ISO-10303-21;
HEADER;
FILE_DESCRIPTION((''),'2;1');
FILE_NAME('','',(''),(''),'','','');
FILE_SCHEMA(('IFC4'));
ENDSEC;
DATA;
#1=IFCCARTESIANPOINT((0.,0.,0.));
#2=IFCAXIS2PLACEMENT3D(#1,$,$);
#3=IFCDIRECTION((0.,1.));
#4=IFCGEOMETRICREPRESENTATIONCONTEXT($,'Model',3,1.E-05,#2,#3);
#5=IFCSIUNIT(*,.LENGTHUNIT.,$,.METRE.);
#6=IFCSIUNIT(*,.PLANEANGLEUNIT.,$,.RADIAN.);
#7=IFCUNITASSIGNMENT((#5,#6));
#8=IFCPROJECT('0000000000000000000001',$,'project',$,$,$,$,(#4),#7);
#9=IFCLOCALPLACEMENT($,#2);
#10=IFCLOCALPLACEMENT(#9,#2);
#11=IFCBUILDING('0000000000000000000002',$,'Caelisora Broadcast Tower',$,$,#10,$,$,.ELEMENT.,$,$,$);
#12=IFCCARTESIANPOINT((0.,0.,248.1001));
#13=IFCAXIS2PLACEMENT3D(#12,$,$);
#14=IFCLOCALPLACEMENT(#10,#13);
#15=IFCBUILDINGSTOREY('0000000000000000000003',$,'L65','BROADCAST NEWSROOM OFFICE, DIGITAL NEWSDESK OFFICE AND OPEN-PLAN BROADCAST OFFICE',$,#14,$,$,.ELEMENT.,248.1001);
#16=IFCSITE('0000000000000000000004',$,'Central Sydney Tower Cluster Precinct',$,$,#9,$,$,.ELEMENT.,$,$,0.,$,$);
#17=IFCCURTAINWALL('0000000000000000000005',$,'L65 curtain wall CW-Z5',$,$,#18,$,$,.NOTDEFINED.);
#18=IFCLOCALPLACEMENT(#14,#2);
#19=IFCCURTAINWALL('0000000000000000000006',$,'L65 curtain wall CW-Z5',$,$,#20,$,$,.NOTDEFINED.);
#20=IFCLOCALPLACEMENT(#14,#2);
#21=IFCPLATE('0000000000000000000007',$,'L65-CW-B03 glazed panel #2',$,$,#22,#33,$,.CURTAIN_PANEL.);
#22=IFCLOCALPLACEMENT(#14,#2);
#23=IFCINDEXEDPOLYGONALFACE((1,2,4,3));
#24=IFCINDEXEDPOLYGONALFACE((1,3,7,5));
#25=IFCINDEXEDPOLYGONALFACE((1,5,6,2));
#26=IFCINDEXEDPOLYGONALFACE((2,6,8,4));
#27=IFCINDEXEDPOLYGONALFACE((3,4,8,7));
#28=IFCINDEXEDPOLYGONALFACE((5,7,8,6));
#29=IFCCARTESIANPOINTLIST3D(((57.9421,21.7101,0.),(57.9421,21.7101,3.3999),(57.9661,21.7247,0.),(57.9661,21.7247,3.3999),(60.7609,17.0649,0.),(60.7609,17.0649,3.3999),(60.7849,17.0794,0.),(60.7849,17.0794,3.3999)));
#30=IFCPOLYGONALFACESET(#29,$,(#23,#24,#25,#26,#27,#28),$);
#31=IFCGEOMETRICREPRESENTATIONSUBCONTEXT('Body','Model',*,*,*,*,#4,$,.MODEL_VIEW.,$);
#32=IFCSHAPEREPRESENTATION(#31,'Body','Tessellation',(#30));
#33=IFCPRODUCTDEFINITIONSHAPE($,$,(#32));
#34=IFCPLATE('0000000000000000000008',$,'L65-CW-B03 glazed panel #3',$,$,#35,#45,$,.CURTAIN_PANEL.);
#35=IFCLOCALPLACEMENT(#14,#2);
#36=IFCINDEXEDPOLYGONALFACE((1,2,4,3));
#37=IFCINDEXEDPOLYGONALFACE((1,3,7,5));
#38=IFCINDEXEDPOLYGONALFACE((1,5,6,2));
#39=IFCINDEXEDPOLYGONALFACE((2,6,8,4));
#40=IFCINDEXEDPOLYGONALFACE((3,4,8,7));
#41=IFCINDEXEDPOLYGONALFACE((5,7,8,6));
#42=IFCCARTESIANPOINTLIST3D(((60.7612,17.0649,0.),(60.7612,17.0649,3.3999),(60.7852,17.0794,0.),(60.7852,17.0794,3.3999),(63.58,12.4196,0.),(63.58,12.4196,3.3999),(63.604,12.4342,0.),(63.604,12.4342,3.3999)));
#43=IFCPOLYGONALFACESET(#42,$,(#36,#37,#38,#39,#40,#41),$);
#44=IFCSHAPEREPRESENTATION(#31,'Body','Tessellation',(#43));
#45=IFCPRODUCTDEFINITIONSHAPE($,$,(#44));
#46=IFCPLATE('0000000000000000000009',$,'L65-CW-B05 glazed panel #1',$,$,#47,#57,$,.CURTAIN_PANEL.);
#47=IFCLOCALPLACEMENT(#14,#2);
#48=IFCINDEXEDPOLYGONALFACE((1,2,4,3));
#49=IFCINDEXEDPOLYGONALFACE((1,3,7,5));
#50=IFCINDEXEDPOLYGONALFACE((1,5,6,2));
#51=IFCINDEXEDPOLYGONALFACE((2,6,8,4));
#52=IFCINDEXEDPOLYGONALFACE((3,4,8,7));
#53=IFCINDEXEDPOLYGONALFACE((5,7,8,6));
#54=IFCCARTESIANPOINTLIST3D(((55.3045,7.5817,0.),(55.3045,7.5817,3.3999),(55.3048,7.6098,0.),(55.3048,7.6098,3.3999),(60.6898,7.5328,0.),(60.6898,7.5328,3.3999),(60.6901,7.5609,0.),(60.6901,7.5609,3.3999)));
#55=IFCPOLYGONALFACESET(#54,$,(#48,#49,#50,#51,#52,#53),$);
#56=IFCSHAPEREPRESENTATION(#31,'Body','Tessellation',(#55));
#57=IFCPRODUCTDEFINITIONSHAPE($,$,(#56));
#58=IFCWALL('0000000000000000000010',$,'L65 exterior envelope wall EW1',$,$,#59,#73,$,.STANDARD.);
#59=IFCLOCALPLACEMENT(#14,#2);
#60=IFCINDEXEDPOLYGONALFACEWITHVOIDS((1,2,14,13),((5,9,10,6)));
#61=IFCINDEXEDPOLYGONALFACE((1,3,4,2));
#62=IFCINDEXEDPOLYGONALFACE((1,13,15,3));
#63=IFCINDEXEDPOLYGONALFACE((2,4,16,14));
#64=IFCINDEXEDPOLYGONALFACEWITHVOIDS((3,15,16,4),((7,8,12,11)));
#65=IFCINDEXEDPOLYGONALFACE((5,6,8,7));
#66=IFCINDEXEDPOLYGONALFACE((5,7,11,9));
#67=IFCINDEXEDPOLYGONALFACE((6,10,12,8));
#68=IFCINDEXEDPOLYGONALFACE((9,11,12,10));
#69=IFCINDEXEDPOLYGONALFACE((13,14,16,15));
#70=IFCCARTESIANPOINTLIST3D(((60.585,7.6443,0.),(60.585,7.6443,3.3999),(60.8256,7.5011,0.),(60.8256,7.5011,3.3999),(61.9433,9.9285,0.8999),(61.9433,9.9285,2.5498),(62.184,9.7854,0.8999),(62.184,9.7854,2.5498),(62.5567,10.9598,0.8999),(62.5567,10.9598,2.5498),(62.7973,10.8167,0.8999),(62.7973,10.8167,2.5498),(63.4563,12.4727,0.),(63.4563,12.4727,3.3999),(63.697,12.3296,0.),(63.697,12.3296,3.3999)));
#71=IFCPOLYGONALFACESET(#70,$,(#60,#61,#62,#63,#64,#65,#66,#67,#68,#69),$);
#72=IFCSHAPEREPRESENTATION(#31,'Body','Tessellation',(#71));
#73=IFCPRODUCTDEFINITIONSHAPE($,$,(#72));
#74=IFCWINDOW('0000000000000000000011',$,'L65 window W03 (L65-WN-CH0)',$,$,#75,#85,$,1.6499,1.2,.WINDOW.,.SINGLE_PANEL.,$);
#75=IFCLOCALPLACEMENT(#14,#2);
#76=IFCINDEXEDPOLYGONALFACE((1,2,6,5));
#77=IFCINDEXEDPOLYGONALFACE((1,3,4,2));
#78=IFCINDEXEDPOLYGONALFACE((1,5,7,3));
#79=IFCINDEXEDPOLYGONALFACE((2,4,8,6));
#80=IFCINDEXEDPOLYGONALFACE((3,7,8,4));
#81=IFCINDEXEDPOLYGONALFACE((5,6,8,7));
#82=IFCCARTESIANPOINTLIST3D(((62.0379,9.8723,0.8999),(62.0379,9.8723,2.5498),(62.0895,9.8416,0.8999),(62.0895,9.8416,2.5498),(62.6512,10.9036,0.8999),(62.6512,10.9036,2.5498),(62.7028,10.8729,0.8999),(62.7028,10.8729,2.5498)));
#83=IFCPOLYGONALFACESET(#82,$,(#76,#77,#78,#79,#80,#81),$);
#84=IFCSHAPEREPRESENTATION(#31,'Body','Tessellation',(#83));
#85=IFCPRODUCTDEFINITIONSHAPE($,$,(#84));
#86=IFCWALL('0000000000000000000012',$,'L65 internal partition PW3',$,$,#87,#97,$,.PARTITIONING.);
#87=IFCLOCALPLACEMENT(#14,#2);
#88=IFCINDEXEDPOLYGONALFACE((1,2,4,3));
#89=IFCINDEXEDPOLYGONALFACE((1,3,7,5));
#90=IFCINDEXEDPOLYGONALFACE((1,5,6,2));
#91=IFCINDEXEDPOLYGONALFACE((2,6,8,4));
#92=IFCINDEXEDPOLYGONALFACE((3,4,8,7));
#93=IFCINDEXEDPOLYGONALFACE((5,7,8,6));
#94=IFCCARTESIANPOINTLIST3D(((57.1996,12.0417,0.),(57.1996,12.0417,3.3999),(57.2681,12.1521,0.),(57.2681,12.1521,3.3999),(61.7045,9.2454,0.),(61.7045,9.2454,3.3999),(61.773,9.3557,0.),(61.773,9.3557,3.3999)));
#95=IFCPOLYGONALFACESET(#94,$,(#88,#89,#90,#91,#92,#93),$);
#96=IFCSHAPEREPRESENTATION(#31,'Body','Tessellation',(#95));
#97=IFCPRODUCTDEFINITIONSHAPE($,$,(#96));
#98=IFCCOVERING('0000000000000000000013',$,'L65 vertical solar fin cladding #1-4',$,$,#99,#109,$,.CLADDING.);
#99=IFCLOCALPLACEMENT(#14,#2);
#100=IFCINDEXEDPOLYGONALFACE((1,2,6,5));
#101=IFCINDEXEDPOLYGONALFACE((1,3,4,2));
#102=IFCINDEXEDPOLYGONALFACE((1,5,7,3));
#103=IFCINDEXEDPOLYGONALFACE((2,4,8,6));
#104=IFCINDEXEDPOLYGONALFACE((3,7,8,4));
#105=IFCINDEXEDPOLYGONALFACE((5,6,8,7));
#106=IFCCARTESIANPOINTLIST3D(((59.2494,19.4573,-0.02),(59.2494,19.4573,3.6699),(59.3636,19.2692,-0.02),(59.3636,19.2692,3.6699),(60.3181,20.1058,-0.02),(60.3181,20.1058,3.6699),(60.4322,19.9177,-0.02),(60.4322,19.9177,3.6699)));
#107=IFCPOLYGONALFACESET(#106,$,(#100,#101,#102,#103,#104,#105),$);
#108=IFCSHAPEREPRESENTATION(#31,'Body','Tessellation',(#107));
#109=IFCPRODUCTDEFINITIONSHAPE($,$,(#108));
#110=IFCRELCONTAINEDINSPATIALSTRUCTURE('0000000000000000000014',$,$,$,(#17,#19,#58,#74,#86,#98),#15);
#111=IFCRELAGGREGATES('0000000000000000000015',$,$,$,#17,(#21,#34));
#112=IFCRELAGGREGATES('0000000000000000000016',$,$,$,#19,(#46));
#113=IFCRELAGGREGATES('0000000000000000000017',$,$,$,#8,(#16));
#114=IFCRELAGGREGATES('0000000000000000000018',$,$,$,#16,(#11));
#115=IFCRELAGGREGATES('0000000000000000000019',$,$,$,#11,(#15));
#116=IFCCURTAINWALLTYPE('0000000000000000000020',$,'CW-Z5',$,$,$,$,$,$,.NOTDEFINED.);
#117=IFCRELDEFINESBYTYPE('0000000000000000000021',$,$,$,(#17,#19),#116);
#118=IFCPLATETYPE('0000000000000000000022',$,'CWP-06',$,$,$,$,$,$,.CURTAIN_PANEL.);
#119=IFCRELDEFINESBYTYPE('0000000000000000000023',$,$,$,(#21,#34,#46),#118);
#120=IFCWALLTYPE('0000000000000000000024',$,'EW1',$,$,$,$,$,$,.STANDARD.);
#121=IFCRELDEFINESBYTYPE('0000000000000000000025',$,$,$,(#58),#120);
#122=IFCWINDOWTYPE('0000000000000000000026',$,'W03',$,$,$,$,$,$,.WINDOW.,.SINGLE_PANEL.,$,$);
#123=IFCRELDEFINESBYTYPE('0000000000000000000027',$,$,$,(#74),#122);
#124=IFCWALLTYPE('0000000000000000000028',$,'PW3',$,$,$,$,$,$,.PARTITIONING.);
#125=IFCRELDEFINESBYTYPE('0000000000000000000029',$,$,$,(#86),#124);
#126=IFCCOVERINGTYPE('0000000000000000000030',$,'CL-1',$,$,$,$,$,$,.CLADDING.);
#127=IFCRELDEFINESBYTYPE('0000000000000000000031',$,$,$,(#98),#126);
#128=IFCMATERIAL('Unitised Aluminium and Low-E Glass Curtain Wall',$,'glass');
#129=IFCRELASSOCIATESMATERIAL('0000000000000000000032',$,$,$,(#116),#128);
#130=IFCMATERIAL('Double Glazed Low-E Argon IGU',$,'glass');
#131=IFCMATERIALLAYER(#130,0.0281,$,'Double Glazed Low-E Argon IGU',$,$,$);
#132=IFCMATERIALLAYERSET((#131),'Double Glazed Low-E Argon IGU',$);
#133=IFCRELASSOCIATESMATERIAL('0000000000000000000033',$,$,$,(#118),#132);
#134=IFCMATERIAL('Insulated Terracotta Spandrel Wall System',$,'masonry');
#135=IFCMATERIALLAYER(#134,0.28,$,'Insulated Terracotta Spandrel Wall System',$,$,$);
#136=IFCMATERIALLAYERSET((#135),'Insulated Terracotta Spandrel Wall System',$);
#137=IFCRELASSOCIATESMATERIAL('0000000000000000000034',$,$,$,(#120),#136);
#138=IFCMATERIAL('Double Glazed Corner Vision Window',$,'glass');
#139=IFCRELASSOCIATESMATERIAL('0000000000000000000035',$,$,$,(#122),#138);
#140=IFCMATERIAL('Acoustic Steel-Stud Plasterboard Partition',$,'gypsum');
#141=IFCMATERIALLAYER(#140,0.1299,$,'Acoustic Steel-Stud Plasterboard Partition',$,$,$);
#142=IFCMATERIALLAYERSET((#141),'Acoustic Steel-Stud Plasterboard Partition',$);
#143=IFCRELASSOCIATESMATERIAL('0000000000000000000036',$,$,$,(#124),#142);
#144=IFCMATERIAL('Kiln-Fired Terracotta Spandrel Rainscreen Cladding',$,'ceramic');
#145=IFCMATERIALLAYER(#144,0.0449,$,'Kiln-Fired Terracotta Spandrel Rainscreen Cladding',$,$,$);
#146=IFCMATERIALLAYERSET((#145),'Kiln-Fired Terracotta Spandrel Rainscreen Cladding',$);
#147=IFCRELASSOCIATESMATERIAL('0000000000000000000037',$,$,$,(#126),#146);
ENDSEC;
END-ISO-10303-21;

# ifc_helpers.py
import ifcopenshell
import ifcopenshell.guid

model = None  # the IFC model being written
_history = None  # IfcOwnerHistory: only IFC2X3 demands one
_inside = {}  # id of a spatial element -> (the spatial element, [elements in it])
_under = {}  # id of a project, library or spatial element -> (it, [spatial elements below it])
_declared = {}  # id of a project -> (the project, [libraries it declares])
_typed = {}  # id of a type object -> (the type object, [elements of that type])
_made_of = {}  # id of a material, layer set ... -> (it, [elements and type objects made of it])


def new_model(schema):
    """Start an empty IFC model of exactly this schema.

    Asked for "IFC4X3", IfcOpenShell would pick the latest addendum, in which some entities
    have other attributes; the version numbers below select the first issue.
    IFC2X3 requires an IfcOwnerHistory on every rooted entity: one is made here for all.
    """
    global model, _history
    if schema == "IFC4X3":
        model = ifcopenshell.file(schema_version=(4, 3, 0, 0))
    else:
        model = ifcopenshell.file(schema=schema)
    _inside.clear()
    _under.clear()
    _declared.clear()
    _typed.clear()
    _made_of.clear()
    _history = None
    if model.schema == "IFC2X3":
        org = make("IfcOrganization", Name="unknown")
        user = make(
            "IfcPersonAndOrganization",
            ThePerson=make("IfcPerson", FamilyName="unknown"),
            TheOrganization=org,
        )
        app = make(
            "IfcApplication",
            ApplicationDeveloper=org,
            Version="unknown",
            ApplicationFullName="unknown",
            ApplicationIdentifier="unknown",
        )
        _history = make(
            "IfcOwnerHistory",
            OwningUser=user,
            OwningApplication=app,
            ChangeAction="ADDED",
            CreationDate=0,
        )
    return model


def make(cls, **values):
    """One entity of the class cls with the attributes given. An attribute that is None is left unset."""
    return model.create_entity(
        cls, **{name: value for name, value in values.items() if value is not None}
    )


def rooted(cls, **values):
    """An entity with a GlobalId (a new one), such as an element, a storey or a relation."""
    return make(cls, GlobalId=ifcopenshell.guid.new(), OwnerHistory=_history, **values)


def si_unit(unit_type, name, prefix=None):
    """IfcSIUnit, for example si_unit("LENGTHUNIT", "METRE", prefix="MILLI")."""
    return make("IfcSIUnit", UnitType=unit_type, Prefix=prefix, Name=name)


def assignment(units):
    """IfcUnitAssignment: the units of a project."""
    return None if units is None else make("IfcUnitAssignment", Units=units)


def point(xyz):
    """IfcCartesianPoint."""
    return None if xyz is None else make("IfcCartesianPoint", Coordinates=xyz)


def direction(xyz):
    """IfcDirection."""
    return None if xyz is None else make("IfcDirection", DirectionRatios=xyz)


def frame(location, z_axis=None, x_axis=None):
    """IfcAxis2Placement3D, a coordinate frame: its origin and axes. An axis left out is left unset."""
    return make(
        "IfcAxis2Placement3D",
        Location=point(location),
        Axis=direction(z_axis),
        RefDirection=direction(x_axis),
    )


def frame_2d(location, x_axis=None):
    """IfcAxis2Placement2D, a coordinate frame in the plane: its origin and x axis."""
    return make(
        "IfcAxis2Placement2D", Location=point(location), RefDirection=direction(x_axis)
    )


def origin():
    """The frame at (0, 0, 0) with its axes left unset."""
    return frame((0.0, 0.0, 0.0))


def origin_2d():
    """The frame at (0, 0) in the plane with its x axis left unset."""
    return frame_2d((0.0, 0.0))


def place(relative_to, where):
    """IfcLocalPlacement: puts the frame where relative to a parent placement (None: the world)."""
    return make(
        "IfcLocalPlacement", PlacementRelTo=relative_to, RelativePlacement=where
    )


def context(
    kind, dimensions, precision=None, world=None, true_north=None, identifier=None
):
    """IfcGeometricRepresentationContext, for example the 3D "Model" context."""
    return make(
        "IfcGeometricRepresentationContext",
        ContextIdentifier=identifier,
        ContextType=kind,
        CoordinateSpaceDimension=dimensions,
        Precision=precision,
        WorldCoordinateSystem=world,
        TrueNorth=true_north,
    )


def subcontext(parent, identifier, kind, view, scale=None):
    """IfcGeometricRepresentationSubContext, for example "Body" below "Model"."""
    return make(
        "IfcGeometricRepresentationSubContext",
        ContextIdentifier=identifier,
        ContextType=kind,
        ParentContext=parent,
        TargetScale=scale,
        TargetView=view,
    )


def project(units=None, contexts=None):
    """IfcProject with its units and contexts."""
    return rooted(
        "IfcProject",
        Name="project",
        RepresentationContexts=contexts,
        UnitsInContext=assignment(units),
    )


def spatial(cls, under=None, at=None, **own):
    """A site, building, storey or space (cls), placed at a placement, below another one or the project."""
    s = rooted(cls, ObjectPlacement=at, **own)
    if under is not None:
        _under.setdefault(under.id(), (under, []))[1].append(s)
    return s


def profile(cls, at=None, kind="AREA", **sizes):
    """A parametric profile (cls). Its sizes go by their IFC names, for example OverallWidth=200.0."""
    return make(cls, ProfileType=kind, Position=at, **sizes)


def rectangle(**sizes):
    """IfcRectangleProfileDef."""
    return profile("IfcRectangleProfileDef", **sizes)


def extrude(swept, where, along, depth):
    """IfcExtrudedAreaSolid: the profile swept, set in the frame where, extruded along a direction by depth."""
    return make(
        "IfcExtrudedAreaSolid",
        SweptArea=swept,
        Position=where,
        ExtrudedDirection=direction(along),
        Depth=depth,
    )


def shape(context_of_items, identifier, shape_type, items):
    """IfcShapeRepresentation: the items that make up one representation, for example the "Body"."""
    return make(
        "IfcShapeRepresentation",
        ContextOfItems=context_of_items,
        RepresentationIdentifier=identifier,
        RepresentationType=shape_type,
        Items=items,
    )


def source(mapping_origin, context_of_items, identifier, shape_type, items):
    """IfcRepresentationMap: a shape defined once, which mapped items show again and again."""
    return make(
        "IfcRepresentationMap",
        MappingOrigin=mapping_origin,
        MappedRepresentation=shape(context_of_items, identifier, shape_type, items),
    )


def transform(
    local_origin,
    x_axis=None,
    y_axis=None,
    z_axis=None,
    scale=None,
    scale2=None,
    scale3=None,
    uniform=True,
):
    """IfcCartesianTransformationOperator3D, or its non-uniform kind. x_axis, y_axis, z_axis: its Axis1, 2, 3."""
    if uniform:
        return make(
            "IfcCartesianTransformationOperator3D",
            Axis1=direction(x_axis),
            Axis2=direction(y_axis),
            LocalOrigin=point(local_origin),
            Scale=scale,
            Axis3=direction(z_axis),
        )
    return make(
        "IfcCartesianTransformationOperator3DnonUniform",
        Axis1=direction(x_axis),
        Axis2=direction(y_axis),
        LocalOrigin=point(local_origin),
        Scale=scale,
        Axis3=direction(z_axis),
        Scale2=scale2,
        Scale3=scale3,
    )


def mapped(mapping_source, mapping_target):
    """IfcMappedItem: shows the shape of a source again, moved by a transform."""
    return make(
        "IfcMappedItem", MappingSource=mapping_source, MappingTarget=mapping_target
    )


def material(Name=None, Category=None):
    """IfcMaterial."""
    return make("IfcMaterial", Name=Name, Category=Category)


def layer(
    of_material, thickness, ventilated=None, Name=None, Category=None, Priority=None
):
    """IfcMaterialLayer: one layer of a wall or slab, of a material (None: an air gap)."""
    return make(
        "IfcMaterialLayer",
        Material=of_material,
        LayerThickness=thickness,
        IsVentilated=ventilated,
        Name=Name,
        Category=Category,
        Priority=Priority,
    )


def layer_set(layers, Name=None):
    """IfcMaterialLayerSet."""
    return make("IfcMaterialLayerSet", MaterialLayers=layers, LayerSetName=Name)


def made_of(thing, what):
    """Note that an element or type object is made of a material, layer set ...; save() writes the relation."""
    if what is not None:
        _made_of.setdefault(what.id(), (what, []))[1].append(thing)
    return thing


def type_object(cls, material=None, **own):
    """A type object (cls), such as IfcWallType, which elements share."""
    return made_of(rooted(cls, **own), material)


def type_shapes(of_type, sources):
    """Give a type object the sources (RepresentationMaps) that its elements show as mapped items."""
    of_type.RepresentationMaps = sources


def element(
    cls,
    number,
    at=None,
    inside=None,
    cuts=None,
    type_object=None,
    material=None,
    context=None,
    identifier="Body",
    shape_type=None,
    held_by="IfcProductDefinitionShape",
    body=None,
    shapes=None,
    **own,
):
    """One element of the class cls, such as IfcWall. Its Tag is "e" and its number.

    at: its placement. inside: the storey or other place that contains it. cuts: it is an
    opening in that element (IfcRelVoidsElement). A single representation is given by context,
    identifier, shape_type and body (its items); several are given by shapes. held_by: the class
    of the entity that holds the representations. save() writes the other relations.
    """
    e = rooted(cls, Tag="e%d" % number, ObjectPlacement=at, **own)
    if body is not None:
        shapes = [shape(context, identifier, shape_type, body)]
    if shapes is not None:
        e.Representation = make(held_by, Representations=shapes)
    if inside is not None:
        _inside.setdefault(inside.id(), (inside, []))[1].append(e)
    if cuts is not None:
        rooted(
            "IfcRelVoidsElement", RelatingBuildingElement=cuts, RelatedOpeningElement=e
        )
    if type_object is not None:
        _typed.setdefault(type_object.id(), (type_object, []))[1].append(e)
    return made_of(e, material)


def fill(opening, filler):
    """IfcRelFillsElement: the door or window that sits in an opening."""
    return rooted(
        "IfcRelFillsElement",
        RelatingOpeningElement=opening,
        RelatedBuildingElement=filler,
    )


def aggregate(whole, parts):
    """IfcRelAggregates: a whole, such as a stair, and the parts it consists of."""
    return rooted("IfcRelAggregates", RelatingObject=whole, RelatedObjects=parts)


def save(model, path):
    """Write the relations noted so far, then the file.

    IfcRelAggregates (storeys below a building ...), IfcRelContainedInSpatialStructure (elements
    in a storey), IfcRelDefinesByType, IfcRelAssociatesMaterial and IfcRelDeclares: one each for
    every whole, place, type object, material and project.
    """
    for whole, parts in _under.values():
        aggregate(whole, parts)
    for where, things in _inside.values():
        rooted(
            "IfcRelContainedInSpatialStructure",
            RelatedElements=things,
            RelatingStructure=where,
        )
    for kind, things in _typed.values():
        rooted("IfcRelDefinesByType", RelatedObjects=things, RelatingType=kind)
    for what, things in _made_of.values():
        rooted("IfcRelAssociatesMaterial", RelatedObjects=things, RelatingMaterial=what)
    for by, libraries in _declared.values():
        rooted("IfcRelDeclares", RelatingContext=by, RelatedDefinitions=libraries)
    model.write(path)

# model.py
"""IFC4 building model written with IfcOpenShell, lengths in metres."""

from ifc_helpers import new_model, si_unit, direction, frame, frame_2d, origin, origin_2d, place, context, subcontext, project, spatial, rectangle, extrude, source, transform, mapped, material, layer, layer_set, type_object, type_shapes, element, fill, aggregate, save


model = new_model("IFC4")

# Units and contexts
model_context = context("Model", 3, precision=1e-05, world=origin(), true_north=direction((0.0, 1.0)))
body_context = subcontext(model_context, "Body", "Model", "MODEL_VIEW")
ifc_project = project(units=[si_unit("LENGTHUNIT", "METRE"), si_unit("PLANEANGLEUNIT", "RADIAN")], contexts=[model_context])

# Site, building, storey
site_placement = place(None, origin())
site = spatial("IfcSite", under=ifc_project, at=site_placement, Name="Central Sydney Tower Cluster Precinct", CompositionType="ELEMENT", RefElevation=0.0)
building_placement = place(site_placement, origin())
building = spatial("IfcBuilding", under=site, at=building_placement, Name="Caelisora Broadcast Tower", CompositionType="ELEMENT")
storey_placement = place(building_placement, frame((0.0, 0.0, 248.1001)))
storey = spatial("IfcBuildingStorey", under=building, at=storey_placement, Name="L65", Description="BROADCAST NEWSROOM OFFICE, DIGITAL NEWSDESK OFFICE AND OPEN-PLAN BROADCAST OFFICE", CompositionType="ELEMENT", Elevation=248.1001)

# Curtain walls
ifc_material_1 = material(Name="Unitised Aluminium and Low-E Glass Curtain Wall", Category="glass")
curtain_wall_type = type_object("IfcCurtainWallType", Name="CW-Z5", PredefinedType="NOTDEFINED", material=ifc_material_1)
curtain_wall_1_placement = place(storey_placement, origin())
curtain_wall_1 = element("IfcCurtainWall", 1, at=curtain_wall_1_placement, inside=storey, type_object=curtain_wall_type, Name="L65 curtain wall CW-Z5", PredefinedType="NOTDEFINED")
curtain_wall_2_placement = place(storey_placement, origin())
curtain_wall_2 = element("IfcCurtainWall", 2, at=curtain_wall_2_placement, inside=storey, type_object=curtain_wall_type, Name="L65 curtain wall CW-Z5", PredefinedType="NOTDEFINED")

# Plates
ifc_material_2 = material(Name="Double Glazed Low-E Argon IGU", Category="glass")
ifc_layer_1 = layer(ifc_material_2, 0.0281, Name="Double Glazed Low-E Argon IGU")
ifc_layer_set_1 = layer_set([ifc_layer_1], Name="Double Glazed Low-E Argon IGU")
plate_type_1 = type_object("IfcPlateType", Name="CWP-06", PredefinedType="CURTAIN_PANEL", material=ifc_layer_set_1)
shared_shape_1 = source(origin(), body_context, "Body", "SweptSolid", [
    extrude(rectangle(XDim=5.4336, YDim=0.0281, at=origin_2d()), origin(), (0.0, 0.0, 1.0), 3.3999),
])
plate_1_placement = place(storey_placement, frame((59.3635, 19.3948, 0.0), z_axis=(0.0, 0.0, 1.0), x_axis=(0.518773, -0.854912, 0.0)))
plate_1 = element("IfcPlate", 3, at=plate_1_placement, type_object=plate_type_1, Name="L65-CW-B03 glazed panel #2", PredefinedType="CURTAIN_PANEL", context=body_context, shape_type="MappedRepresentation", body=[
    mapped(shared_shape_1, transform((0.0, 0.0, 0.0), scale=1.0)),
])
plate_2_placement = place(storey_placement, frame((62.1826, 14.7495, 0.0), z_axis=(0.0, 0.0, 1.0), x_axis=(0.518773, -0.854912, 0.0)))
plate_2 = element("IfcPlate", 4, at=plate_2_placement, type_object=plate_type_1, Name="L65-CW-B03 glazed panel #3", PredefinedType="CURTAIN_PANEL", context=body_context, shape_type="MappedRepresentation", body=[
    mapped(shared_shape_1, transform((0.0, 0.0, 0.0), scale=1.0)),
])
aggregate(curtain_wall_1, [plate_1, plate_2])
shared_shape_2 = source(origin(), body_context, "Body", "SweptSolid", [
    extrude(rectangle(XDim=5.3855, YDim=0.0281, at=origin_2d()), origin(), (0.0, 0.0, 1.0), 3.3999),
])
type_shapes(plate_type_1, [shared_shape_1, shared_shape_2])
plate_3_placement = place(storey_placement, frame((57.9973, 7.5713, 0.0), z_axis=(0.0, 0.0, 1.0), x_axis=(-0.999959, 0.009076, 0.0)))
plate_3 = element("IfcPlate", 5, at=plate_3_placement, type_object=plate_type_1, Name="L65-CW-B05 glazed panel #1", PredefinedType="CURTAIN_PANEL", context=body_context, shape_type="MappedRepresentation", body=[
    mapped(shared_shape_2, transform((0.0, 0.0, 0.0), scale=1.0)),
])
aggregate(curtain_wall_2, [plate_3])

# Wall, opening, window
ifc_material_3 = material(Name="Insulated Terracotta Spandrel Wall System", Category="masonry")
ifc_layer_2 = layer(ifc_material_3, 0.28, Name="Insulated Terracotta Spandrel Wall System")
ifc_layer_set_2 = layer_set([ifc_layer_2], Name="Insulated Terracotta Spandrel Wall System")
wall_type_1 = type_object("IfcWallType", Name="EW1", PredefinedType="STANDARD", material=ifc_layer_set_2)
wall_1_placement = place(storey_placement, frame((63.5767, 12.4011, 0.0), z_axis=(0.0, 0.0, 1.0), x_axis=(-0.51113, -0.859503, 0.0)))
wall_1 = element("IfcWall", 6, at=wall_1_placement, inside=storey, type_object=wall_type_1, Name="L65 exterior envelope wall EW1", PredefinedType="STANDARD", context=body_context, shape_type="SweptSolid", body=[
    extrude(rectangle(XDim=5.6177, YDim=0.28, at=frame_2d((2.8088, 0.0))), origin(), (0.0, 0.0, 1.0), 3.3999),
])
opening_placement = place(wall_1_placement, frame((1.76, 0.0, 0.8999)))
opening = element("IfcOpeningElement", 7, at=opening_placement, cuts=wall_1, PredefinedType="OPENING", context=body_context, shape_type="SweptSolid", body=[
    extrude(rectangle(XDim=1.2, YDim=1.6499, at=frame_2d((0.6001, 0.825))), frame((0.0, 0.1521, 0.0), z_axis=(0.0, -1.0, 0.0), x_axis=(1.0, 0.0, 0.0)), (0.0, 0.0, 1.0), 0.304),
])
ifc_material_4 = material(Name="Double Glazed Corner Vision Window", Category="glass")
window_type = type_object("IfcWindowType", Name="W03", PartitioningType="SINGLE_PANEL", PredefinedType="WINDOW", material=ifc_material_4)
window_placement = place(opening_placement, origin())
window = element("IfcWindow", 8, at=window_placement, inside=storey, type_object=window_type, Name="L65 window W03 (L65-WN-CH0)", OverallHeight=1.6499, OverallWidth=1.2, PartitioningType="SINGLE_PANEL", PredefinedType="WINDOW", context=body_context, shape_type="SweptSolid", body=[
    extrude(rectangle(XDim=1.2, YDim=1.6499, at=frame_2d((0.6001, 0.825))), frame((0.0, 0.03, 0.0), z_axis=(0.0, -1.0, 0.0), x_axis=(1.0, 0.0, 0.0)), (0.0, 0.0, 1.0), 0.0601),
])
fill(opening, window)

# Wall
ifc_material_5 = material(Name="Acoustic Steel-Stud Plasterboard Partition", Category="gypsum")
ifc_layer_3 = layer(ifc_material_5, 0.1299, Name="Acoustic Steel-Stud Plasterboard Partition")
ifc_layer_set_3 = layer_set([ifc_layer_3], Name="Acoustic Steel-Stud Plasterboard Partition")
wall_type_2 = type_object("IfcWallType", Name="PW3", PredefinedType="PARTITIONING", material=ifc_layer_set_3)
wall_2_placement = place(storey_placement, frame((57.2339, 12.0969, 0.0), z_axis=(0.0, 0.0, 1.0), x_axis=(0.849619, -0.527397, 0.0)))
element("IfcWall", 9, at=wall_2_placement, inside=storey, type_object=wall_type_2, Name="L65 internal partition PW3", PredefinedType="PARTITIONING", context=body_context, shape_type="SweptSolid", body=[
    extrude(rectangle(XDim=5.3022, YDim=0.1299, at=frame_2d((2.6511, 0.0))), origin(), (0.0, 0.0, 1.0), 3.3999),
])

# Covering
ifc_material_6 = material(Name="Kiln-Fired Terracotta Spandrel Rainscreen Cladding", Category="ceramic")
ifc_layer_4 = layer(ifc_material_6, 0.0449, Name="Kiln-Fired Terracotta Spandrel Rainscreen Cladding")
ifc_layer_set_4 = layer_set([ifc_layer_4], Name="Kiln-Fired Terracotta Spandrel Rainscreen Cladding")
covering_type = type_object("IfcCoveringType", Name="CL-1", PredefinedType="CLADDING", material=ifc_layer_set_4)
shared_shape_3 = source(origin(), body_context, "Body", "SweptSolid", [
    extrude(rectangle(XDim=0.22, YDim=1.25, at=origin_2d()), origin(), (0.0, 0.0, 1.0), 3.6899),
])
type_shapes(covering_type, [shared_shape_3])
covering_placement = place(storey_placement, frame((59.8408, 19.6875, -0.02), z_axis=(0.0, 0.0, 1.0), x_axis=(0.518773, -0.854912, 0.0)))
element("IfcCovering", 10, at=covering_placement, inside=storey, type_object=covering_type, Name="L65 vertical solar fin cladding #1-4", PredefinedType="CLADDING", context=body_context, shape_type="MappedRepresentation", body=[
    mapped(shared_shape_3, transform((0.0, 0.0, 0.0), scale=1.0)),
])

save(model, "model.ifc")
